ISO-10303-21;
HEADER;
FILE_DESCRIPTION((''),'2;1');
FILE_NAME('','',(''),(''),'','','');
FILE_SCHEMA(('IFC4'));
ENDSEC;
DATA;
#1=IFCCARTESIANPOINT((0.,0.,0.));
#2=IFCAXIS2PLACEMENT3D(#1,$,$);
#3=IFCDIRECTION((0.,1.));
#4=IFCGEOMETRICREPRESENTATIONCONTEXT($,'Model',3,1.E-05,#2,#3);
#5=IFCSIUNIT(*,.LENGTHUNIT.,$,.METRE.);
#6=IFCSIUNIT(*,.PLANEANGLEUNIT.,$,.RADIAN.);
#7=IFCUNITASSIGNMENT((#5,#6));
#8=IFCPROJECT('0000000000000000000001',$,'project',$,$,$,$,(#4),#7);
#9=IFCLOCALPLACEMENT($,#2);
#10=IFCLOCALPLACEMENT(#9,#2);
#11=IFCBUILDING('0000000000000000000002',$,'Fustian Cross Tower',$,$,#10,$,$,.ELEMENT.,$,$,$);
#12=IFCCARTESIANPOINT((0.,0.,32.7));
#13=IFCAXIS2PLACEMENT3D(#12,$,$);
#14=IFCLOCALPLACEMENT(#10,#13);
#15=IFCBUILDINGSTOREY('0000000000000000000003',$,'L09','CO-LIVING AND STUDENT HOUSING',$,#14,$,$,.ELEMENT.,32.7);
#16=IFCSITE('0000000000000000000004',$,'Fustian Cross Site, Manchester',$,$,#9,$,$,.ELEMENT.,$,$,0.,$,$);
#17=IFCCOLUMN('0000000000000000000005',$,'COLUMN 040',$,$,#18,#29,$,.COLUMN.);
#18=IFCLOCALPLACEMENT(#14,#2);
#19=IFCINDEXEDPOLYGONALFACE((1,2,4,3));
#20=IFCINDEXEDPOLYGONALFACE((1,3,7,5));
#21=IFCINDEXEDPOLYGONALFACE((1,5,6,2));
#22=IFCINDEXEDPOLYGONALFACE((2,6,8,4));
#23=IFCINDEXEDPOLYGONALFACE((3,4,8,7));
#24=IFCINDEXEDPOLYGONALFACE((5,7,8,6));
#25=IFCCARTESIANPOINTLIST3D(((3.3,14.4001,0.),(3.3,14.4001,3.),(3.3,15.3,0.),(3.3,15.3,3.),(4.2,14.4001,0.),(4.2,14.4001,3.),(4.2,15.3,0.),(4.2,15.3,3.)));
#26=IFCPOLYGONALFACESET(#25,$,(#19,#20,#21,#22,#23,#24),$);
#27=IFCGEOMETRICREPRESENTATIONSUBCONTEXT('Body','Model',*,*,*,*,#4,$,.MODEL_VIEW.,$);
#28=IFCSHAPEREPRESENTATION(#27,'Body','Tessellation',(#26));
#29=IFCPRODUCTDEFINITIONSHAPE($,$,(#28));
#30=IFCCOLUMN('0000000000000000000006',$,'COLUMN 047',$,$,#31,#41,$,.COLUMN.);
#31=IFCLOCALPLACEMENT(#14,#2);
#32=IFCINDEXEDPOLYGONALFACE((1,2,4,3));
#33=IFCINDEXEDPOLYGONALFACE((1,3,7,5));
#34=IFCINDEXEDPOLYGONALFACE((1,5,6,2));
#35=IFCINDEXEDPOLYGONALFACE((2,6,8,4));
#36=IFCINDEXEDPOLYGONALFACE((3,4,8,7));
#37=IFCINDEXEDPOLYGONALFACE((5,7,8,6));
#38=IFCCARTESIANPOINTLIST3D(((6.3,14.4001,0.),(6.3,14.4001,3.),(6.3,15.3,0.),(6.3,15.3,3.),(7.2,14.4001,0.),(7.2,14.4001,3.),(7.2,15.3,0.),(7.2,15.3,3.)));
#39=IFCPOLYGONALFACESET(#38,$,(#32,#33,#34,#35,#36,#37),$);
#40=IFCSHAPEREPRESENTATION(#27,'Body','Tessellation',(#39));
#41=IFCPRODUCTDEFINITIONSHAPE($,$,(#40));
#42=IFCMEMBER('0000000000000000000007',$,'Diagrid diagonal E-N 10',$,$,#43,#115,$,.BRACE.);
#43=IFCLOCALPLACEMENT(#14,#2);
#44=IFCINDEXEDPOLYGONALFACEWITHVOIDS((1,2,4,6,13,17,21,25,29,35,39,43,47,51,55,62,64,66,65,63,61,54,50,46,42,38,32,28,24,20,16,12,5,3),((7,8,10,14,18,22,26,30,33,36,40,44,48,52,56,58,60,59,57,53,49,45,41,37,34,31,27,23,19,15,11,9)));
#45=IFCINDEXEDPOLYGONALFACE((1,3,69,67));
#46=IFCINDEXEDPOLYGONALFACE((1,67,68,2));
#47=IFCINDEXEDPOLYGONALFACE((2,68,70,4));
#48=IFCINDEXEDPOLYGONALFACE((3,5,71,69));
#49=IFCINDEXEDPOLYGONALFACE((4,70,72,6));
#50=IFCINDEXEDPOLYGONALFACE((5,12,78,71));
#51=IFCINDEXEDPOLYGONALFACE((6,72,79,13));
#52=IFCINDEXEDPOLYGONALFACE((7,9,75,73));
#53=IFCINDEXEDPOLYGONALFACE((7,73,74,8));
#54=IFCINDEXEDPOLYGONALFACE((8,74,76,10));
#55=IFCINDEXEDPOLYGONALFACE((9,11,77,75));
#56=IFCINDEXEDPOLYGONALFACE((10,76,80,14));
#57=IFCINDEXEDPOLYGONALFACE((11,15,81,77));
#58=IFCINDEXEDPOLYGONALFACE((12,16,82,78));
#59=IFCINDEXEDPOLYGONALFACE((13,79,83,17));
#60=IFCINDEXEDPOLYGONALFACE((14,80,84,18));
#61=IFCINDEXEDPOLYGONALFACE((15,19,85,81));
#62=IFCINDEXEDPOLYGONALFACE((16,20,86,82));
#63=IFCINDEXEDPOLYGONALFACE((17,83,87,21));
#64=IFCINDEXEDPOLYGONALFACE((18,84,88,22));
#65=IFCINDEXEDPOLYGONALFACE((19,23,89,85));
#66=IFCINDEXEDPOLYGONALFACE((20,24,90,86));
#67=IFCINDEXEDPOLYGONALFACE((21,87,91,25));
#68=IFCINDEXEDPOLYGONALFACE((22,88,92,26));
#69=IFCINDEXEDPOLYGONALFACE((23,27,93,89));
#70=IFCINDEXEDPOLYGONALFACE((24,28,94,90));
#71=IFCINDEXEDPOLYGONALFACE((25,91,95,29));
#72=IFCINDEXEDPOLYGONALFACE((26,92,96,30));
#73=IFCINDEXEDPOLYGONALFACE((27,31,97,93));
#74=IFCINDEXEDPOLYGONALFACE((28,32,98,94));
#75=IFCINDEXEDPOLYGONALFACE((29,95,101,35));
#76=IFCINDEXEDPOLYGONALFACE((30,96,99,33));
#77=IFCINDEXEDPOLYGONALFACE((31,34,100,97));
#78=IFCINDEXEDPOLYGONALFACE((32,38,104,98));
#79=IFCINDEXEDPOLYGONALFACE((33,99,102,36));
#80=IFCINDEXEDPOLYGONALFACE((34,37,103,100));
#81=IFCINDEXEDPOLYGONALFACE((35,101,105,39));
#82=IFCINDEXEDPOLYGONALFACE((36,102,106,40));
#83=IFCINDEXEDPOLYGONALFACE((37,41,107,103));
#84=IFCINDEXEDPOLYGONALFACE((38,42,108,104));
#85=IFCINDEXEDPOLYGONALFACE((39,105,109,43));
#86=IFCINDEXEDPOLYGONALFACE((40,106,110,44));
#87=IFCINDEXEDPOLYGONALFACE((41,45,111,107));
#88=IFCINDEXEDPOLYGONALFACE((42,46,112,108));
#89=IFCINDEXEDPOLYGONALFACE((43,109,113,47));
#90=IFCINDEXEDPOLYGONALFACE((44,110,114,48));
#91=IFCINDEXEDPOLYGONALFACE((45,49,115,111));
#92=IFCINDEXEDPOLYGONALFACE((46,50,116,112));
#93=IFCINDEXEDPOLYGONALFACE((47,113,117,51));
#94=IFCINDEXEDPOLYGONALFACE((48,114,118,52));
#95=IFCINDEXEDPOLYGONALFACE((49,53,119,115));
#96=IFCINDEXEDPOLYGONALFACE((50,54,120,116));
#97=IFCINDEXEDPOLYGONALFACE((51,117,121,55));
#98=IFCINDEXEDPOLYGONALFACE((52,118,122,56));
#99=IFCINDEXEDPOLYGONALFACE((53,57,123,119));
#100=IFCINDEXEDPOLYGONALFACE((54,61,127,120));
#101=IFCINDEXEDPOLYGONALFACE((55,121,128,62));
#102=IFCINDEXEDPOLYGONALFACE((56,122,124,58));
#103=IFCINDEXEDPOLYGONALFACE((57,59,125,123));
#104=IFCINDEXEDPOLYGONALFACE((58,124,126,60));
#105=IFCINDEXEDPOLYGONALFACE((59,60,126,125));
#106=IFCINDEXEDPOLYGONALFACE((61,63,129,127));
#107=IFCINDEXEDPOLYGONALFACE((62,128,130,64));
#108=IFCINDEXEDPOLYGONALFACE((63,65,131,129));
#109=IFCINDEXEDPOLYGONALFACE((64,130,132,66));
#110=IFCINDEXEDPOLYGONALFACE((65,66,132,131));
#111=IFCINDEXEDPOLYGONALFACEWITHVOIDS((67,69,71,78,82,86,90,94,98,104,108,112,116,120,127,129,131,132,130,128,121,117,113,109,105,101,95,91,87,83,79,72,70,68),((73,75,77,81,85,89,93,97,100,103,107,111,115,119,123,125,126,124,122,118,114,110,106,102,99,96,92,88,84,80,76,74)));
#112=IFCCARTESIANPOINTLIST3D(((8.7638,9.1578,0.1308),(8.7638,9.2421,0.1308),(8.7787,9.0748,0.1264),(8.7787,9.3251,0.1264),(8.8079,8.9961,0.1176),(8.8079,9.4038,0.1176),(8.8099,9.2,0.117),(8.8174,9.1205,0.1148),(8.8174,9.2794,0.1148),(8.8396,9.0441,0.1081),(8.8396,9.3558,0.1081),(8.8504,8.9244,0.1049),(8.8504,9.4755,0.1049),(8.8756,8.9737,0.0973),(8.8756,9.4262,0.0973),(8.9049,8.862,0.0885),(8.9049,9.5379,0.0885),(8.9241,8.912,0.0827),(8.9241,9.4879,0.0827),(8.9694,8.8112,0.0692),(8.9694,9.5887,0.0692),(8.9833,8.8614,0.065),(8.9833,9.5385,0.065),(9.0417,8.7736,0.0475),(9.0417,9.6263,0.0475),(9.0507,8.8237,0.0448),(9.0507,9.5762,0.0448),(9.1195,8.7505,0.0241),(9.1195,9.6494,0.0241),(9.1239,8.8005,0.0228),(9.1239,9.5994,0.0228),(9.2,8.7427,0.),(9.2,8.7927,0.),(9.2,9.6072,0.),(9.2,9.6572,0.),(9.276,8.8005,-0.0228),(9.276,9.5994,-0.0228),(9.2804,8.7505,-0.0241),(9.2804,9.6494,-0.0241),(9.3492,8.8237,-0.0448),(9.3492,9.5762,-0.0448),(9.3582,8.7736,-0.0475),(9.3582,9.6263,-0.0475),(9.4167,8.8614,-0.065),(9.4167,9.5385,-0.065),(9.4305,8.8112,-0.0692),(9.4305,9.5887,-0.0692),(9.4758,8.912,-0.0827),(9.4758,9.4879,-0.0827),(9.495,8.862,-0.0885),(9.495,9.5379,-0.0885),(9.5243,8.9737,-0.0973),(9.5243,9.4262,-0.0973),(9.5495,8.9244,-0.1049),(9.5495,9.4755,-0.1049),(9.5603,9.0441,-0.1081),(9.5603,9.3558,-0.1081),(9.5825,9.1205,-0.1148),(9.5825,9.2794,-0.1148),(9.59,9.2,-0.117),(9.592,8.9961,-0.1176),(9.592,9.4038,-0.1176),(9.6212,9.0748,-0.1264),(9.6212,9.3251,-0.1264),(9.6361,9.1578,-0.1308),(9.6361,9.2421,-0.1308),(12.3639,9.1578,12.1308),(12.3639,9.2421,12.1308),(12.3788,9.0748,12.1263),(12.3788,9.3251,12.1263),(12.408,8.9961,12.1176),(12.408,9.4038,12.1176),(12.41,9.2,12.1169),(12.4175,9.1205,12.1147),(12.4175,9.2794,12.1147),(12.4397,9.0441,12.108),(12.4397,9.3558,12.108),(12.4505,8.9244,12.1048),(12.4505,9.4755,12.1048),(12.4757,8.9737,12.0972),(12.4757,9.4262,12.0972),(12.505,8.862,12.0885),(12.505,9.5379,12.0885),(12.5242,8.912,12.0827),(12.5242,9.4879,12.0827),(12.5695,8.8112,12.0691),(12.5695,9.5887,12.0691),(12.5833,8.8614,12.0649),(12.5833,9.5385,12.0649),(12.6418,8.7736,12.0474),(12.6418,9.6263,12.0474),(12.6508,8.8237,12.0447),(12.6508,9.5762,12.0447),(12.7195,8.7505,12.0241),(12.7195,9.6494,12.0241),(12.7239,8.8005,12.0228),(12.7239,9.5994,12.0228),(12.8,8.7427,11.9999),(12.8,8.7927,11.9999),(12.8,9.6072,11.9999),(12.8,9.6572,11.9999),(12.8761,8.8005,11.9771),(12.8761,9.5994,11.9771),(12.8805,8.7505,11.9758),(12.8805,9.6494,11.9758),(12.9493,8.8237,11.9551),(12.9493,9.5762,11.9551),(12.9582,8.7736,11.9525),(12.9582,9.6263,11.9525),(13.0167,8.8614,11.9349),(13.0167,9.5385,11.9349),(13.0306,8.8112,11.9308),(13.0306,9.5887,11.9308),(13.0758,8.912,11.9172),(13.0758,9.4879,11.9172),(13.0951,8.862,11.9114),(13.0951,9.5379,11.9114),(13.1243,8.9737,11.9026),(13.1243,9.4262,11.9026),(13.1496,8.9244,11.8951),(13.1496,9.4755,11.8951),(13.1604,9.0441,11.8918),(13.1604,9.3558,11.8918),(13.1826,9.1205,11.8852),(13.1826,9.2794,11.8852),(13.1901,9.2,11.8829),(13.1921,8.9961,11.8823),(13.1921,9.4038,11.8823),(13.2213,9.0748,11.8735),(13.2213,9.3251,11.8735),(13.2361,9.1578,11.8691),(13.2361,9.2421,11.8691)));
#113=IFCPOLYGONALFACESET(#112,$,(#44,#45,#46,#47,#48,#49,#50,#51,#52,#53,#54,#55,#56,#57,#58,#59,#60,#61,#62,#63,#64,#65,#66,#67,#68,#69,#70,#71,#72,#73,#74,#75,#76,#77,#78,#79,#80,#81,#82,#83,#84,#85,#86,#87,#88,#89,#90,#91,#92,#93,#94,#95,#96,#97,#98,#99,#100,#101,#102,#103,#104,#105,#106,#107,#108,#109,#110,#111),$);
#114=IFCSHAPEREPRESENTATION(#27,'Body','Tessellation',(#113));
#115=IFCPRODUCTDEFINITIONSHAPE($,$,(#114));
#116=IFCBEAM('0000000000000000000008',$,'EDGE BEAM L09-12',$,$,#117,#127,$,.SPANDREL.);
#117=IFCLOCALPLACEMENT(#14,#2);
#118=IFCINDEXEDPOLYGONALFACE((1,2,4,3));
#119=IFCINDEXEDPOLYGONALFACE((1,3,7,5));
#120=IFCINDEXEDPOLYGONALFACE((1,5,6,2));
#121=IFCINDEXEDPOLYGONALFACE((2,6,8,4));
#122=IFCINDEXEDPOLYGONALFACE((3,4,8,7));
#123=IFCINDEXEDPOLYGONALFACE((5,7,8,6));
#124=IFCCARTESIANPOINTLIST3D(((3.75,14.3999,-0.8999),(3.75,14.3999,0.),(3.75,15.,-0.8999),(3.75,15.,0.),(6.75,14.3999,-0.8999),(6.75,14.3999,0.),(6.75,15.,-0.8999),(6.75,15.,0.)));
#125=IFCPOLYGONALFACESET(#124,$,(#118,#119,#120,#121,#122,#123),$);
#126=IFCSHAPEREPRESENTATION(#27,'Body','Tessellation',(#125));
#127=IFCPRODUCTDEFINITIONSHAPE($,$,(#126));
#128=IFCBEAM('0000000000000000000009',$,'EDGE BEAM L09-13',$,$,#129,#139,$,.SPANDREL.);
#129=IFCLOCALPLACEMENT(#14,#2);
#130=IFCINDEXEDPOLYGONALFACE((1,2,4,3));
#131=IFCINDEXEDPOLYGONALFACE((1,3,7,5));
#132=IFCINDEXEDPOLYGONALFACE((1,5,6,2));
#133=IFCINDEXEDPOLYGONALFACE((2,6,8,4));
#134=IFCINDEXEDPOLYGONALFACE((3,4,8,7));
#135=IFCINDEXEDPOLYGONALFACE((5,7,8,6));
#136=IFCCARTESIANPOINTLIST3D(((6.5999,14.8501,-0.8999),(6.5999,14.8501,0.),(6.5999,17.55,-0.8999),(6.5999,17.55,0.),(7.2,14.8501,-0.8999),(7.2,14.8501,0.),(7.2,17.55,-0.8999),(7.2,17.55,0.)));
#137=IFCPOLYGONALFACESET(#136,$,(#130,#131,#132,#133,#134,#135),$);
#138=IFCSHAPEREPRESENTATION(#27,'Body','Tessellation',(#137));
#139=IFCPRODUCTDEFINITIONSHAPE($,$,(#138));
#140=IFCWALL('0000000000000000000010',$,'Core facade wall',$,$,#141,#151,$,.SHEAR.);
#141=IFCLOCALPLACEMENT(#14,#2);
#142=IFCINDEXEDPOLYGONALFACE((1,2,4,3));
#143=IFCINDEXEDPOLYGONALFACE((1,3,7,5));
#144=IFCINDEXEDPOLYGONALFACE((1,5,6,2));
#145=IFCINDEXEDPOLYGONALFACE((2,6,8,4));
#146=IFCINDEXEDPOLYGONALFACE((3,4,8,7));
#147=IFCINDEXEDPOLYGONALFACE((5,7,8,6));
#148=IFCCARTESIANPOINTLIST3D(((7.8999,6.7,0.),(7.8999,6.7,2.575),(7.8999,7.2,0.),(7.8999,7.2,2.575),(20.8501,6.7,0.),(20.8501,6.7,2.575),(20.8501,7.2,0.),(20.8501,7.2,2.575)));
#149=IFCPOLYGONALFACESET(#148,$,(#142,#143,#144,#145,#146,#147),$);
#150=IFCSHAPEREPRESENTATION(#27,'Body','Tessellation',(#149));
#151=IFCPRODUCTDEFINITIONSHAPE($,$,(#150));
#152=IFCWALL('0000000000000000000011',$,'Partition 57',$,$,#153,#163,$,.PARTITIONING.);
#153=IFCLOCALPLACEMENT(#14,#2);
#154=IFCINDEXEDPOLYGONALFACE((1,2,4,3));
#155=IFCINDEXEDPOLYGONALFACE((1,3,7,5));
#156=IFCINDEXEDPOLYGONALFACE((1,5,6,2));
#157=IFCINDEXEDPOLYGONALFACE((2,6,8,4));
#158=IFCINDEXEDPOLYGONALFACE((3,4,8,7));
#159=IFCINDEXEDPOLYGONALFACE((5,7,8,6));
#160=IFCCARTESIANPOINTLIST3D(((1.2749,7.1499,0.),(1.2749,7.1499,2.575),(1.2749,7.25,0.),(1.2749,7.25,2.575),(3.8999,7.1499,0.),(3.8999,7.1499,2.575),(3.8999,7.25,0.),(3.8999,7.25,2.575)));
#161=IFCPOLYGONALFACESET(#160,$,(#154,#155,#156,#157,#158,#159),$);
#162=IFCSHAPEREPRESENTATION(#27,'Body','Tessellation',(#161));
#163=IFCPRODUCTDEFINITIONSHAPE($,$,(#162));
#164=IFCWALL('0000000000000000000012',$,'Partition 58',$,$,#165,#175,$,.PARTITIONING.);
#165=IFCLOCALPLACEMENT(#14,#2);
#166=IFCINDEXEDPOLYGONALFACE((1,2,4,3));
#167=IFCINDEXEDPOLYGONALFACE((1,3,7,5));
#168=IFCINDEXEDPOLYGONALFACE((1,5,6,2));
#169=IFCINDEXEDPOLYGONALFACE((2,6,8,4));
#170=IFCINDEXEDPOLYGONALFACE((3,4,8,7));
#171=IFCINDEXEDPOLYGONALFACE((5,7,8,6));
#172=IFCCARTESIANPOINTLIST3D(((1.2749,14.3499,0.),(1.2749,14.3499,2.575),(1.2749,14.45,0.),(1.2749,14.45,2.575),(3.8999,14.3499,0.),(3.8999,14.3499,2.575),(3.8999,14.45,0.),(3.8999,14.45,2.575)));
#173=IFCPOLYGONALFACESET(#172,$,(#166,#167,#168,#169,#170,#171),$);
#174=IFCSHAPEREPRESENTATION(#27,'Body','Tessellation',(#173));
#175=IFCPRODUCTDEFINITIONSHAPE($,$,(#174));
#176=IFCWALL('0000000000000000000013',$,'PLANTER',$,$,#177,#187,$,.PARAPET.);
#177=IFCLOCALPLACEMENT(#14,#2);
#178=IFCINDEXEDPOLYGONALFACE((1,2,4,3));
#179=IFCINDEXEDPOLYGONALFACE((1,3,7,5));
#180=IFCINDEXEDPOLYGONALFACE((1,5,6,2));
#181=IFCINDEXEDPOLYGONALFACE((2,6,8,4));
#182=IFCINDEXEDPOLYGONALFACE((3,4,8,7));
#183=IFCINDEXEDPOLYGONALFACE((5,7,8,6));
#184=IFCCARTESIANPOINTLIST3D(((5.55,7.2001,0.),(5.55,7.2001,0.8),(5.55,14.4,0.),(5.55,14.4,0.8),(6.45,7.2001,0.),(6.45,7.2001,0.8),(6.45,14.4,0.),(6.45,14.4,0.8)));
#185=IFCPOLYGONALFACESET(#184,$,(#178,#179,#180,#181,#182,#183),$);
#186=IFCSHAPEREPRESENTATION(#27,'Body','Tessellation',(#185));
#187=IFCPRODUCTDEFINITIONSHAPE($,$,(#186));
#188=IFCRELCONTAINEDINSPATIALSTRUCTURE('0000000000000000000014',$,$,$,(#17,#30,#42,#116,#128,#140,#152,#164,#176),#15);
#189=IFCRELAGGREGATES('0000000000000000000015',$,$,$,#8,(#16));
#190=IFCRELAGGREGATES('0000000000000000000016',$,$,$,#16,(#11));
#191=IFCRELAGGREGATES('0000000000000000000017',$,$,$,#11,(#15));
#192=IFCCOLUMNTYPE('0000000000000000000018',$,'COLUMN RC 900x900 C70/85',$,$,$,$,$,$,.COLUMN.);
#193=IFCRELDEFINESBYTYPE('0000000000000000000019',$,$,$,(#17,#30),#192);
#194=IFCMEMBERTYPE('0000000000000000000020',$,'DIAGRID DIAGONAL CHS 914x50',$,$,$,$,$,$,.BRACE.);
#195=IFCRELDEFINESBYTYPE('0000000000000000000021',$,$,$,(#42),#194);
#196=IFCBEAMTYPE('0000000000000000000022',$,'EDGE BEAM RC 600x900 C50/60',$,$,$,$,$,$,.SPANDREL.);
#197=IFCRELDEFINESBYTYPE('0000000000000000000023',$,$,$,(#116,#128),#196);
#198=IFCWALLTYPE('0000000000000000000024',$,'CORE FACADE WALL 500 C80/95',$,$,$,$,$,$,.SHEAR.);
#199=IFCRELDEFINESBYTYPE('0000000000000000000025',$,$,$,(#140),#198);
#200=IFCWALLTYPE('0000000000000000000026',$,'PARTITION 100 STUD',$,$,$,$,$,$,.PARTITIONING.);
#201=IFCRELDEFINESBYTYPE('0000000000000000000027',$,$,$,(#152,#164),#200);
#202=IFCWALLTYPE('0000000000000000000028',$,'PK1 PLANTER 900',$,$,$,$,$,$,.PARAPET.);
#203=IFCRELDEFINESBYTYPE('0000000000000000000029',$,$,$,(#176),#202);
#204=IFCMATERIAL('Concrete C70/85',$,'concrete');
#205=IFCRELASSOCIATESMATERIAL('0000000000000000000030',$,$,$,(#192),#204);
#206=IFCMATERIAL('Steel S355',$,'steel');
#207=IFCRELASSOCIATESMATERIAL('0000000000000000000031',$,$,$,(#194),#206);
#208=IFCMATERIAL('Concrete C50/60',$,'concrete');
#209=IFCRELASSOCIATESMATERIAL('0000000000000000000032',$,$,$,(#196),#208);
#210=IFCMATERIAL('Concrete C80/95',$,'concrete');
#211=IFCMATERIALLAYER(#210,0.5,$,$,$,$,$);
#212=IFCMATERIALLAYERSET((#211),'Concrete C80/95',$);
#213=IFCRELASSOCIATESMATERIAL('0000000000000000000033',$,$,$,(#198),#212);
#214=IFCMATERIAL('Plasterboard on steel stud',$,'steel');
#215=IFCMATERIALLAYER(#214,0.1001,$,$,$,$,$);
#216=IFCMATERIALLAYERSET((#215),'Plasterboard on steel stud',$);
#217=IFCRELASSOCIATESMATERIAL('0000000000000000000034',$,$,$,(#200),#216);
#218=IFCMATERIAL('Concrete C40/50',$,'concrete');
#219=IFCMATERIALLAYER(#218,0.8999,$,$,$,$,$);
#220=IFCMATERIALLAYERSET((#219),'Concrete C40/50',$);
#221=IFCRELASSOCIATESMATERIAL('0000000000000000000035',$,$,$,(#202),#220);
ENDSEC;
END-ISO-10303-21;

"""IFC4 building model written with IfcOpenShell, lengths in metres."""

from ifc_helpers import new_model, si_unit, direction, frame, frame_2d, origin, origin_2d, place, context, subcontext, project, spatial, rectangle, hollow_circle, extrude, material, layer, layer_set, material_profile, profile_set, type_object, element, save


model = new_model("IFC4")

# Units and contexts
model_context = context("Model", 3, precision=1e-05, world=origin(), true_north=direction((0.0, 1.0)))
body_context = subcontext(model_context, "Body", "Model", "MODEL_VIEW")
ifc_project = project(units=[si_unit("LENGTHUNIT", "METRE"), si_unit("PLANEANGLEUNIT", "RADIAN")], contexts=[model_context])

# Site, building, storey
site_placement = place(None, origin())
site = spatial("IfcSite", under=ifc_project, at=site_placement, Name="Fustian Cross Site, Manchester", CompositionType="ELEMENT", RefElevation=0.0)
building_placement = place(site_placement, origin())
building = spatial("IfcBuilding", under=site, at=building_placement, Name="Fustian Cross Tower", CompositionType="ELEMENT")
storey_placement = place(building_placement, frame((0.0, 0.0, 32.7)))
storey = spatial("IfcBuildingStorey", under=building, at=storey_placement, Name="L09", Description="CO-LIVING AND STUDENT HOUSING", CompositionType="ELEMENT", Elevation=32.7)

# Columns
ifc_material_1 = material(Name="Concrete C70/85", Category="concrete")
ifc_material_profile_1 = material_profile(ifc_material_1, rectangle(XDim=0.8999, YDim=0.8999, at=origin_2d()), Name="RC 900x900")
ifc_profile_set_1 = profile_set([ifc_material_profile_1], Name="Concrete C70/85")
column_type = type_object("IfcColumnType", Name="COLUMN RC 900x900 C70/85", PredefinedType="COLUMN", material=ifc_profile_set_1)
for number, where, z_axis, x_axis, name in (
    (1, (3.75, 14.8501, 0.0), (0.0, 0.0, 1.0), (1.0, 0.0, 0.0), "COLUMN 040"),
    (2, (6.75, 14.8501, 0.0), (0.0, 0.0, 1.0), (1.0, 0.0, 0.0), "COLUMN 047"),
):
    element("IfcColumn", number, at=place(storey_placement, frame(where, z_axis=z_axis, x_axis=x_axis)), inside=storey, type_object=column_type, Name=name, PredefinedType="COLUMN", context=body_context, shape_type="SweptSolid", body=[
        extrude(rectangle(XDim=0.8999, YDim=0.8999, at=origin_2d()), origin(), (0.0, 0.0, 1.0), 3.0),
    ])

# Member
ifc_material_2 = material(Name="Steel S355", Category="steel")
ifc_material_profile_2 = material_profile(ifc_material_2, hollow_circle(Radius=0.4573, WallThickness=0.05, at=origin_2d()), Name="CHS 914x50")
ifc_profile_set_2 = profile_set([ifc_material_profile_2], Name="Steel S355")
member_type = type_object("IfcMemberType", Name="DIAGRID DIAGONAL CHS 914x50", PredefinedType="BRACE", material=ifc_profile_set_2)
member_placement = place(storey_placement, frame((9.2, 9.2, 0.0), z_axis=(0.287355, 0.0, 0.957824), x_axis=(0.0, 1.0, 0.0)))
element("IfcMember", 3, at=member_placement, inside=storey, type_object=member_type, Name="Diagrid diagonal E-N 10", PredefinedType="BRACE", context=body_context, shape_type="SweptSolid", body=[
    extrude(hollow_circle(Radius=0.4573, WallThickness=0.05, at=origin_2d()), origin(), (0.0, 0.0, 1.0), 12.5283),
])

# Beams
ifc_material_3 = material(Name="Concrete C50/60", Category="concrete")
ifc_material_profile_3 = material_profile(ifc_material_3, rectangle(XDim=0.6001, YDim=0.8999, at=origin_2d()), Name="RC 600x900")
ifc_profile_set_3 = profile_set([ifc_material_profile_3], Name="Concrete C50/60")
beam_type = type_object("IfcBeamType", Name="EDGE BEAM RC 600x900 C50/60", PredefinedType="SPANDREL", material=ifc_profile_set_3)
beam_1_placement = place(storey_placement, frame((3.75, 14.7, -0.45), z_axis=(1.0, 0.0, 0.0), x_axis=(0.0, 1.0, 0.0)))
element("IfcBeam", 4, at=beam_1_placement, inside=storey, type_object=beam_type, Name="EDGE BEAM L09-12", PredefinedType="SPANDREL", context=body_context, shape_type="SweptSolid", body=[
    extrude(rectangle(XDim=0.6001, YDim=0.8999, at=origin_2d()), origin(), (0.0, 0.0, 1.0), 3.0),
])
beam_2_placement = place(storey_placement, frame((6.8999, 14.8501, -0.45), z_axis=(0.0, 1.0, 0.0), x_axis=(-1.0, 0.0, 0.0)))
element("IfcBeam", 5, at=beam_2_placement, inside=storey, type_object=beam_type, Name="EDGE BEAM L09-13", PredefinedType="SPANDREL", context=body_context, shape_type="SweptSolid", body=[
    extrude(rectangle(XDim=0.6001, YDim=0.8999, at=origin_2d()), origin(), (0.0, 0.0, 1.0), 2.7),
])

# Walls
ifc_material_4 = material(Name="Concrete C80/95", Category="concrete")
ifc_layer_1 = layer(ifc_material_4, 0.5)
ifc_layer_set_1 = layer_set([ifc_layer_1], Name="Concrete C80/95")
wall_type_1 = type_object("IfcWallType", Name="CORE FACADE WALL 500 C80/95", PredefinedType="SHEAR", material=ifc_layer_set_1)
wall_1_placement = place(storey_placement, frame((7.8999, 6.95, 0.0), z_axis=(0.0, 0.0, 1.0), x_axis=(1.0, 0.0, 0.0)))
element("IfcWall", 6, at=wall_1_placement, inside=storey, type_object=wall_type_1, Name="Core facade wall", PredefinedType="SHEAR", context=body_context, shape_type="SweptSolid", body=[
    extrude(rectangle(XDim=12.9502, YDim=0.5, at=frame_2d((6.4751, 0.0))), origin(), (0.0, 0.0, 1.0), 2.575),
])
ifc_material_5 = material(Name="Plasterboard on steel stud", Category="steel")
ifc_layer_2 = layer(ifc_material_5, 0.1001)
ifc_layer_set_2 = layer_set([ifc_layer_2], Name="Plasterboard on steel stud")
wall_type_2 = type_object("IfcWallType", Name="PARTITION 100 STUD", PredefinedType="PARTITIONING", material=ifc_layer_set_2)
for number, where, z_axis, x_axis, name in (
    (7, (1.2749, 7.2, 0.0), (0.0, 0.0, 1.0), (1.0, 0.0, 0.0), "Partition 57"),
    (8, (1.2749, 14.3999, 0.0), (0.0, 0.0, 1.0), (1.0, 0.0, 0.0), "Partition 58"),
):
    element("IfcWall", number, at=place(storey_placement, frame(where, z_axis=z_axis, x_axis=x_axis)), inside=storey, type_object=wall_type_2, Name=name, PredefinedType="PARTITIONING", context=body_context, shape_type="SweptSolid", body=[
        extrude(rectangle(XDim=2.625, YDim=0.1001, at=frame_2d((1.3125, 0.0))), origin(), (0.0, 0.0, 1.0), 2.575),
    ])
ifc_material_6 = material(Name="Concrete C40/50", Category="concrete")
ifc_layer_3 = layer(ifc_material_6, 0.8999)
ifc_layer_set_3 = layer_set([ifc_layer_3], Name="Concrete C40/50")
wall_type_3 = type_object("IfcWallType", Name="PK1 PLANTER 900", PredefinedType="PARAPET", material=ifc_layer_set_3)
wall_2_placement = place(storey_placement, frame((6.0, 7.2, 0.0), z_axis=(0.0, 0.0, 1.0), x_axis=(0.0, 1.0, 0.0)))
element("IfcWall", 9, at=wall_2_placement, inside=storey, type_object=wall_type_3, Name="PLANTER", PredefinedType="PARAPET", context=body_context, shape_type="SweptSolid", body=[
    extrude(rectangle(XDim=7.2, YDim=0.8999, at=frame_2d((3.6001, 0.0))), origin(), (0.0, 0.0, 1.0), 0.8),
])

save(model, "model.ifc")
